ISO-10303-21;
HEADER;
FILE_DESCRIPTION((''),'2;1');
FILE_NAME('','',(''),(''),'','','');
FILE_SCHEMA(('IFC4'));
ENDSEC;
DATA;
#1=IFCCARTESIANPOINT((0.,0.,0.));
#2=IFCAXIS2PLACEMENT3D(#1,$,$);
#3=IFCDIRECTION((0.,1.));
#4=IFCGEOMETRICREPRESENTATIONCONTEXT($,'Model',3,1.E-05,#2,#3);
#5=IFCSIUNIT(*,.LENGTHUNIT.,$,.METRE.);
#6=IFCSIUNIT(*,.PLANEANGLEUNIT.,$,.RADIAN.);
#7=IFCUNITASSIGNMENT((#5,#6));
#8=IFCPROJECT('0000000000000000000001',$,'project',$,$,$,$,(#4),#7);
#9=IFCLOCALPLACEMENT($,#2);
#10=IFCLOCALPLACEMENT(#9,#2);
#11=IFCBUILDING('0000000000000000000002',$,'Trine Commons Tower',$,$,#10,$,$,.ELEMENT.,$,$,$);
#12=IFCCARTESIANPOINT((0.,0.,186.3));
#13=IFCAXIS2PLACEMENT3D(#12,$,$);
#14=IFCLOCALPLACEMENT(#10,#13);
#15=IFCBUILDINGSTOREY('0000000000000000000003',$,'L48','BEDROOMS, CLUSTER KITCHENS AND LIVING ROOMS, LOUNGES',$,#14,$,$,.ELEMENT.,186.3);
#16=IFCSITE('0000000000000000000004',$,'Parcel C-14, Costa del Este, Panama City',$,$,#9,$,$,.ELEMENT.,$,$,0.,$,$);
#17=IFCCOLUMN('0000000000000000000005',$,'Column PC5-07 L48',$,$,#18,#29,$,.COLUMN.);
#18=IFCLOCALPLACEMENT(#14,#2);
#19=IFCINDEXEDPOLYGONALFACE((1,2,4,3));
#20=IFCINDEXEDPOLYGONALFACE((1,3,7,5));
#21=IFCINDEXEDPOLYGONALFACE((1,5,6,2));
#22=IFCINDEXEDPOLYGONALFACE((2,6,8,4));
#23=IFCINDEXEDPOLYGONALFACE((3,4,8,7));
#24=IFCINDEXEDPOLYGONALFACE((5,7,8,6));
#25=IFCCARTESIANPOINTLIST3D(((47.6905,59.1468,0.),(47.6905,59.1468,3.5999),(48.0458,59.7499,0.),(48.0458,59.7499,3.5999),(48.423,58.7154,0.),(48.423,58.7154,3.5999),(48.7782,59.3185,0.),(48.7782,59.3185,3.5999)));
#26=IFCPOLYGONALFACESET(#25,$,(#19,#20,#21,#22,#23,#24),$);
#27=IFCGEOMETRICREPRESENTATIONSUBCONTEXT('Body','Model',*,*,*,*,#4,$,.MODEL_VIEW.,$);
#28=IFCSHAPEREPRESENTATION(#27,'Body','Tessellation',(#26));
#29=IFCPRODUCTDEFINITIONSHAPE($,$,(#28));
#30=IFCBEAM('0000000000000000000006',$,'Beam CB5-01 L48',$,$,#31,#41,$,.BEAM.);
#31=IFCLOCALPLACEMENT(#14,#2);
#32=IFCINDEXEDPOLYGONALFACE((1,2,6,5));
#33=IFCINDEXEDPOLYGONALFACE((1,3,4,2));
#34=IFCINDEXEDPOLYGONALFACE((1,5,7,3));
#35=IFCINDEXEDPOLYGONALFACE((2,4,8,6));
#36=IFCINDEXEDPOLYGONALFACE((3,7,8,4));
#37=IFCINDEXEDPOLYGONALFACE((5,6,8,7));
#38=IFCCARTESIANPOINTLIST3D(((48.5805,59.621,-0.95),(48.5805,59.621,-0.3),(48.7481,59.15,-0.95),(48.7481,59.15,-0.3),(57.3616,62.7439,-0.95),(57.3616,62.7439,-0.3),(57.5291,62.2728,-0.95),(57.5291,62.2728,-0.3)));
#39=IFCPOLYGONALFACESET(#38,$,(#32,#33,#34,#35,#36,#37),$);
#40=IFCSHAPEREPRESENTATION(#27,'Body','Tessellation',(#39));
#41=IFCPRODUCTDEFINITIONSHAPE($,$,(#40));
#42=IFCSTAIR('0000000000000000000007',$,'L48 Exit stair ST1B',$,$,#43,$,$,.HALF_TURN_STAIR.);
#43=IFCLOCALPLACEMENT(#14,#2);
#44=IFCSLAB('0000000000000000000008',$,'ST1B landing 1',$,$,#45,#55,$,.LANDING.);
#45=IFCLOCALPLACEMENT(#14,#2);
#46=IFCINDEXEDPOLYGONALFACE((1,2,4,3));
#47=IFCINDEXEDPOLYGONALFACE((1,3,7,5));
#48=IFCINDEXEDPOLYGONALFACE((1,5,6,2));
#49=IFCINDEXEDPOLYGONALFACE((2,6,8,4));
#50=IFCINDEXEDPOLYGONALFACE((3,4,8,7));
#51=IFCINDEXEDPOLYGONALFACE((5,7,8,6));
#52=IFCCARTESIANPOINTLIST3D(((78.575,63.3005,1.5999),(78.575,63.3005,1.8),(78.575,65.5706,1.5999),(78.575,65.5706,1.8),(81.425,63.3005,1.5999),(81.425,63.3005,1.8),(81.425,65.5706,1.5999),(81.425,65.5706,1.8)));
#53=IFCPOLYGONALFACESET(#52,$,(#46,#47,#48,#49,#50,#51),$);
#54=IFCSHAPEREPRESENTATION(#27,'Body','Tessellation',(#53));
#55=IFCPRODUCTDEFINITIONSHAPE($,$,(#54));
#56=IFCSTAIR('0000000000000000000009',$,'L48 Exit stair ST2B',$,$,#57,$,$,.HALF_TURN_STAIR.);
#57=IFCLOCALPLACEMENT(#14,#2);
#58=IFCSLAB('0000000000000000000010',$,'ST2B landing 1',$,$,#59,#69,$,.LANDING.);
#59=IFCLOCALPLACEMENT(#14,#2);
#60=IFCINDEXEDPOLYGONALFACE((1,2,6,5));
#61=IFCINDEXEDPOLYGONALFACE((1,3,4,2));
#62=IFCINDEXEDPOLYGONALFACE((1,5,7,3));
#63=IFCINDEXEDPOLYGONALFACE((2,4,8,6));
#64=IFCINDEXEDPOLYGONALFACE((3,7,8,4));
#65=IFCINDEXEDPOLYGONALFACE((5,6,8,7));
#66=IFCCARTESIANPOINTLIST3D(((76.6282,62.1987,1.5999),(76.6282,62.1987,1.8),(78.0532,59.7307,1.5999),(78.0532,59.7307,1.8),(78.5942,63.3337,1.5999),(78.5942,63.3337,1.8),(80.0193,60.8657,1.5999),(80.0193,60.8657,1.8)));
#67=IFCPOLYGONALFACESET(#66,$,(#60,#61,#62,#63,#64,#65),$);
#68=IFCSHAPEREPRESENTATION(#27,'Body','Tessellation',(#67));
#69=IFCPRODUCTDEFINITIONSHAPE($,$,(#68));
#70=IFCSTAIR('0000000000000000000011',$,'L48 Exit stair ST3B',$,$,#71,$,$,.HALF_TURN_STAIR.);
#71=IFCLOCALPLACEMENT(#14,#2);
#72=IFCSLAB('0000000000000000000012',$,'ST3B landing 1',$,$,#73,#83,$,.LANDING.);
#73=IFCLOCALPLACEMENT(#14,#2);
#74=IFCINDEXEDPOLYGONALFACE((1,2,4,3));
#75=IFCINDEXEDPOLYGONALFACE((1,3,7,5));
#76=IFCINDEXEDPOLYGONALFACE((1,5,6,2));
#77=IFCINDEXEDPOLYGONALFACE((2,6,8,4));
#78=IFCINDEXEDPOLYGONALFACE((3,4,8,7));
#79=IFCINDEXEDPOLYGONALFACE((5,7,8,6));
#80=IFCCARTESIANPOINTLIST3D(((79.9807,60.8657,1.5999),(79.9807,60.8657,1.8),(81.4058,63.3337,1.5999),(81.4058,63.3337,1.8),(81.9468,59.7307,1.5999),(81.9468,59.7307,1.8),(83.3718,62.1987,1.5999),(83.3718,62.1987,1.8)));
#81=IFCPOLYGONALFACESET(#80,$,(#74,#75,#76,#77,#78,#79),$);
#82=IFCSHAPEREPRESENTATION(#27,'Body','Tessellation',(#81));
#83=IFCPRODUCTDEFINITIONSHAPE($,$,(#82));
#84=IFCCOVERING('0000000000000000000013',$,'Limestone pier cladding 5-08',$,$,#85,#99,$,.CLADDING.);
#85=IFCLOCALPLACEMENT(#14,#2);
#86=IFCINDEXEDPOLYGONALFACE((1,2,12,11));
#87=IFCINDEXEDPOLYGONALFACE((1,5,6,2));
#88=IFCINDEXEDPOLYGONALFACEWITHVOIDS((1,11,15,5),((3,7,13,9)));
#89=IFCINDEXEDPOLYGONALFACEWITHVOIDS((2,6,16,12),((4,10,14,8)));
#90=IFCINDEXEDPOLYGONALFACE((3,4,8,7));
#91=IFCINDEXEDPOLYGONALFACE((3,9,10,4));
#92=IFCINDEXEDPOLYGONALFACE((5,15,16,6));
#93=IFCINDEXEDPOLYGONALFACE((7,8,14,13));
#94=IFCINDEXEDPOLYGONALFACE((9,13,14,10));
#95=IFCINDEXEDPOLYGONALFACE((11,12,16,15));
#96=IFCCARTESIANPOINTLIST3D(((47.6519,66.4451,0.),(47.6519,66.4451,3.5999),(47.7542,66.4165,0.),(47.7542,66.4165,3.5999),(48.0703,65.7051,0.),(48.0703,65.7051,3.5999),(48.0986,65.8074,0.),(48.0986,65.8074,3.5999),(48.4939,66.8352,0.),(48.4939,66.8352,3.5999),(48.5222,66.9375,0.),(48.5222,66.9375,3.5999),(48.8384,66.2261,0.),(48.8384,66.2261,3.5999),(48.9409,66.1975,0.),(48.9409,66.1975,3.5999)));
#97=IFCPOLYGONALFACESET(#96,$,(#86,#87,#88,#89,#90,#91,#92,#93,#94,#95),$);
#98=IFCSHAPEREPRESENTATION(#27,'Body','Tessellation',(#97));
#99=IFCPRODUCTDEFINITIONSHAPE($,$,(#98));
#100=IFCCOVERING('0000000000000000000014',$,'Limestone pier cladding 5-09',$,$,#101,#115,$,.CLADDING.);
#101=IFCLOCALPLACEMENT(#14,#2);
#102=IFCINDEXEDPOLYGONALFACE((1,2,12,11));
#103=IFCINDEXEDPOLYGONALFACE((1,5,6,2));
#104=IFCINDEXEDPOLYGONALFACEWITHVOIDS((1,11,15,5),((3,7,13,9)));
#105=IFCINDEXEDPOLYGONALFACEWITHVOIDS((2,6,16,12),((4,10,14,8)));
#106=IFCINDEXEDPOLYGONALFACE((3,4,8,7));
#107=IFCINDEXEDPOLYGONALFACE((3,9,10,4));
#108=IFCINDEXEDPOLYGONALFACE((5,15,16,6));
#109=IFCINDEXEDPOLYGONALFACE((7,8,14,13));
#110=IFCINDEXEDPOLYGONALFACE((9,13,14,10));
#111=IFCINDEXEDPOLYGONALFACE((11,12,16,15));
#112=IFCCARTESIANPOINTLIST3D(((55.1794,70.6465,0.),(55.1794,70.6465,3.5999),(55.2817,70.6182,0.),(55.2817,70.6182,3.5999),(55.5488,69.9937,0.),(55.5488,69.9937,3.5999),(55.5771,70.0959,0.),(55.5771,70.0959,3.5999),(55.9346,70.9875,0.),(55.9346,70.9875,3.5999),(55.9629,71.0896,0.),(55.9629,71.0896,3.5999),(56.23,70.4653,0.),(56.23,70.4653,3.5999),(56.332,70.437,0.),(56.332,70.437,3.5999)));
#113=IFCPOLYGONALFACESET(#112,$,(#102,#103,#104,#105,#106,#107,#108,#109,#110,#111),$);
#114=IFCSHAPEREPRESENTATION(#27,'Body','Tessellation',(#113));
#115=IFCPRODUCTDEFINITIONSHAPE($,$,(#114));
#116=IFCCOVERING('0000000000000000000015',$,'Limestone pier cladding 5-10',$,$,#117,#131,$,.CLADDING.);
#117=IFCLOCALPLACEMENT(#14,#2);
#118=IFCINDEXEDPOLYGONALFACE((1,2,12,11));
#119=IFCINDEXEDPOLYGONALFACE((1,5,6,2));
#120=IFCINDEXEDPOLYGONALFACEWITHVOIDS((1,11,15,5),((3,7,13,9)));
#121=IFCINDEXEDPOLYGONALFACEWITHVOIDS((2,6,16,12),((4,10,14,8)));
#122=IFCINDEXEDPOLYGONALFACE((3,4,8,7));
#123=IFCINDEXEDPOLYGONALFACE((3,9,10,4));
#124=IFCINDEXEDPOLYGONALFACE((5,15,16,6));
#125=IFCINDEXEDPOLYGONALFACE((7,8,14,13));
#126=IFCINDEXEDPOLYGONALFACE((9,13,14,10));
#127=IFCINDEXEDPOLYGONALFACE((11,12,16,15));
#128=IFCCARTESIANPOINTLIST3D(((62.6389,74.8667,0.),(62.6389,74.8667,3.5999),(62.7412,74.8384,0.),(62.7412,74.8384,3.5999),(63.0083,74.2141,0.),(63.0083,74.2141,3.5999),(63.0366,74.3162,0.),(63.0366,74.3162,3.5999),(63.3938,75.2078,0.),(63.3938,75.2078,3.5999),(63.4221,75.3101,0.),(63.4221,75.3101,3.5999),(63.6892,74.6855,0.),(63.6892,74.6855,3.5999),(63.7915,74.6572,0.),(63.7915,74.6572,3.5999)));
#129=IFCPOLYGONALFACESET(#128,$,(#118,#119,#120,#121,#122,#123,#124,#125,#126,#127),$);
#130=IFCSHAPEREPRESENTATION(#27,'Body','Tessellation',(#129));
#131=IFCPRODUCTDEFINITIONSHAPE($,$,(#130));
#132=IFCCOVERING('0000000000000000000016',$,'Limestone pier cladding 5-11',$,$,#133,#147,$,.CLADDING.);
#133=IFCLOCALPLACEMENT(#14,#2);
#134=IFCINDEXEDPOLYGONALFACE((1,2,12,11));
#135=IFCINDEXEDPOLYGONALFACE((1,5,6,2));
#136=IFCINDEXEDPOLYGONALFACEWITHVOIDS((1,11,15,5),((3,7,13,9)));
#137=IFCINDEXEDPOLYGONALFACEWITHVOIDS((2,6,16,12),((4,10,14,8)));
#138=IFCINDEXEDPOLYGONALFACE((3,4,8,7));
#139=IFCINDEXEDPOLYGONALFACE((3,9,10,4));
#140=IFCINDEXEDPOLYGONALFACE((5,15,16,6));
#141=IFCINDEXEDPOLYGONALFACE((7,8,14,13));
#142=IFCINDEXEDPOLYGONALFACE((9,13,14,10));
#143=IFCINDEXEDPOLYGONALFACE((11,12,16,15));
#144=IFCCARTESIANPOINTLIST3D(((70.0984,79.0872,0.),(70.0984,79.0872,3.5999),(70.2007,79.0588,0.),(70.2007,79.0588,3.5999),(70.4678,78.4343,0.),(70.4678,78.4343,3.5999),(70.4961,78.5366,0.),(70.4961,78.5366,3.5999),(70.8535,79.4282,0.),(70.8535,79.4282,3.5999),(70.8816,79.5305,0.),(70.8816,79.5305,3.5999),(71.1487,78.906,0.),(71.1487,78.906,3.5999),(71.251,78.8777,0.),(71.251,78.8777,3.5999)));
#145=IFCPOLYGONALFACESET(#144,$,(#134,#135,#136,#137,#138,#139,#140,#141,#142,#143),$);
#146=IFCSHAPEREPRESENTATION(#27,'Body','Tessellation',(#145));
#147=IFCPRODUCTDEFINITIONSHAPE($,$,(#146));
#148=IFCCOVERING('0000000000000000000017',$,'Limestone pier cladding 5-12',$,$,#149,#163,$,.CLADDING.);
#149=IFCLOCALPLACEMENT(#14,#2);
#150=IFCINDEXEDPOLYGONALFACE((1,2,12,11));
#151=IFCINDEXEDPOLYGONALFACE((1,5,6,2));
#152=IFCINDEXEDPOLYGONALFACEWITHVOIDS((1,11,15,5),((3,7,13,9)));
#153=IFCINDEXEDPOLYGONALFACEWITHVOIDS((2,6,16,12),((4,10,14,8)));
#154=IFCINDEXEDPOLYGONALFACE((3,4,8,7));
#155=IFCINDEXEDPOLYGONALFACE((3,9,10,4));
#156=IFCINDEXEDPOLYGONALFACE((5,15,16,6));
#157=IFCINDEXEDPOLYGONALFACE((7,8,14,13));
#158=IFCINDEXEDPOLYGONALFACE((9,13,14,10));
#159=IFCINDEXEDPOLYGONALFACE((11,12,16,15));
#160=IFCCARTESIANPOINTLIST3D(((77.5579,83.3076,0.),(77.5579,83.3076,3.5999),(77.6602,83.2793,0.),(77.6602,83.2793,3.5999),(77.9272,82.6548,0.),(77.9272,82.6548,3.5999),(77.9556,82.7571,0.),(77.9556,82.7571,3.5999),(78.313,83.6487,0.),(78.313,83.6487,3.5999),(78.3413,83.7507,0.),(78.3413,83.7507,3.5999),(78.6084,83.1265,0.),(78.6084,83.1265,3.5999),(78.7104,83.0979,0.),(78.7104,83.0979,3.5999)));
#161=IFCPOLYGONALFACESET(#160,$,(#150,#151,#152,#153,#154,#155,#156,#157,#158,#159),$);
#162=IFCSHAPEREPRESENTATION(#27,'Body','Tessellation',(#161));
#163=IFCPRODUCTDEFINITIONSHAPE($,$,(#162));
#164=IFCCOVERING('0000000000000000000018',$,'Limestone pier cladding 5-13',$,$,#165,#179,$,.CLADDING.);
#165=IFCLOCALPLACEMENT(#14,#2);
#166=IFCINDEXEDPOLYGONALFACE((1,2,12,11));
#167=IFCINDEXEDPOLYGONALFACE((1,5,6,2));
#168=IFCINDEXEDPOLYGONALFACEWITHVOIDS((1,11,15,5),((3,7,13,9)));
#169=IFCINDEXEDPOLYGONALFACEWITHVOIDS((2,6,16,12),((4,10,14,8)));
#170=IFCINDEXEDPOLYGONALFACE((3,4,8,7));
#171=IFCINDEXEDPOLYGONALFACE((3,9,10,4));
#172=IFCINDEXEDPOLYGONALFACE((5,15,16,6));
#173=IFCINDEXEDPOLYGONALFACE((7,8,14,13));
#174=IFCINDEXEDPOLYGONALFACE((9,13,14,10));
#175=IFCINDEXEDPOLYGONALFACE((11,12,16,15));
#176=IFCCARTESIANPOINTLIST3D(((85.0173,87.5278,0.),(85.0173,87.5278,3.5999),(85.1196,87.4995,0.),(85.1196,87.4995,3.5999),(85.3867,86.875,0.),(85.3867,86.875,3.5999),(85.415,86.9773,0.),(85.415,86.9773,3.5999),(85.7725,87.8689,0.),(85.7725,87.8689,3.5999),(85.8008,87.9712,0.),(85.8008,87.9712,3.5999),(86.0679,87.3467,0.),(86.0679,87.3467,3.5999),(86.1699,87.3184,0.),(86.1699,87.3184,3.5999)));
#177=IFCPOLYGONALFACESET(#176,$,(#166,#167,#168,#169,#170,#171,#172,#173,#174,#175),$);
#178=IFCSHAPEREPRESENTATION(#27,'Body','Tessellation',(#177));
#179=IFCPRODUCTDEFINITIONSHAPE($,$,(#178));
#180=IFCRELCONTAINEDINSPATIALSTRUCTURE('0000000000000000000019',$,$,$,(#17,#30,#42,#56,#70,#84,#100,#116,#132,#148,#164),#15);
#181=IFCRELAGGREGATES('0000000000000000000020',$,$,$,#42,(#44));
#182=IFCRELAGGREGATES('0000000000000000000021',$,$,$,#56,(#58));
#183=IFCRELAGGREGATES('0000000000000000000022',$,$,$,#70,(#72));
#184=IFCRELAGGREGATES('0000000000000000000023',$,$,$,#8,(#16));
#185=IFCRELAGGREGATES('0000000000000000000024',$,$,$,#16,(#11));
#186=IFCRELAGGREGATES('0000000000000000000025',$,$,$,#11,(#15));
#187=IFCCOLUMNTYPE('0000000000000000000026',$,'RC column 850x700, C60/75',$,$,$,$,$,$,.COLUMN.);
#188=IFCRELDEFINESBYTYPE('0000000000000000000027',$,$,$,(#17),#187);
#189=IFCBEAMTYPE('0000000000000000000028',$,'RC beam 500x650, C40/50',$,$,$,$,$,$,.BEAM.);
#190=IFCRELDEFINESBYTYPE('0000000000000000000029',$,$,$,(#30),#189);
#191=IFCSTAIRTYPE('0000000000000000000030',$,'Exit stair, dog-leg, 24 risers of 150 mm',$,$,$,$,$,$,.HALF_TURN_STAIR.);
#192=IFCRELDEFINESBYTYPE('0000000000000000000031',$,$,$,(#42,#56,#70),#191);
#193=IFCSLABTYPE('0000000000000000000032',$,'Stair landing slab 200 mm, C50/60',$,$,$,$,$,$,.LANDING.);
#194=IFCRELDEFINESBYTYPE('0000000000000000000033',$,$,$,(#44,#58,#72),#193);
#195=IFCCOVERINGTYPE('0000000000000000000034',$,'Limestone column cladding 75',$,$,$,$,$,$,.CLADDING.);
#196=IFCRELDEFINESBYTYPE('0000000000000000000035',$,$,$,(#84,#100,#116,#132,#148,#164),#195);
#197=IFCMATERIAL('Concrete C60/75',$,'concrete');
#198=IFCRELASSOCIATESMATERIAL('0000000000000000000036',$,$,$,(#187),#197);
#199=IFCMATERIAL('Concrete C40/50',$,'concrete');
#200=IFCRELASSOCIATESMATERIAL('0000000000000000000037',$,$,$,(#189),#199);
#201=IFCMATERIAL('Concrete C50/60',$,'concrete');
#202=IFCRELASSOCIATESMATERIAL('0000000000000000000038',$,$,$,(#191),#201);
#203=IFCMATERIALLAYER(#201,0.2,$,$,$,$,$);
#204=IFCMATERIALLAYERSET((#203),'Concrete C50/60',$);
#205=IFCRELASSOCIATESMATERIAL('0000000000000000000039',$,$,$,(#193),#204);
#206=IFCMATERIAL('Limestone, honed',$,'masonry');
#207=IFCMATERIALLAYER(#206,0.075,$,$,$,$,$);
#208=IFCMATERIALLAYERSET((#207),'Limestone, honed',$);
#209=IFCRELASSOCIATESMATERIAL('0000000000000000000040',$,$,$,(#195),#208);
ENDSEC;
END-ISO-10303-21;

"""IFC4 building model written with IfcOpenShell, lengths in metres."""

from ifc_helpers import new_model, si_unit, direction, frame, origin, origin_2d, place, context, subcontext, project, spatial, polyline, rectangle, outline, extrude, material, layer, layer_set, material_profile, profile_set, type_object, element, aggregate, save


model = new_model("IFC4")

# Units and contexts
model_context = context("Model", 3, precision=1e-05, world=origin(), true_north=direction((0.0, 1.0)))
body_context = subcontext(model_context, "Body", "Model", "MODEL_VIEW")
ifc_project = project(units=[si_unit("LENGTHUNIT", "METRE"), si_unit("PLANEANGLEUNIT", "RADIAN")], contexts=[model_context])

# Site, building, storey
site_placement = place(None, origin())
site = spatial("IfcSite", under=ifc_project, at=site_placement, Name="Parcel C-14, Costa del Este, Panama City", CompositionType="ELEMENT", RefElevation=0.0)
building_placement = place(site_placement, origin())
building = spatial("IfcBuilding", under=site, at=building_placement, Name="Trine Commons Tower", CompositionType="ELEMENT")
storey_placement = place(building_placement, frame((0.0, 0.0, 186.3)))
storey = spatial("IfcBuildingStorey", under=building, at=storey_placement, Name="L48", Description="BEDROOMS, CLUSTER KITCHENS AND LIVING ROOMS, LOUNGES", CompositionType="ELEMENT", Elevation=186.3)

# Column
ifc_material_1 = material(Name="Concrete C60/75", Category="concrete")
ifc_material_profile_1 = material_profile(ifc_material_1, rectangle(XDim=0.8501, YDim=0.7, at=origin_2d()), Name="RC 850x700")
ifc_profile_set_1 = profile_set([ifc_material_profile_1], Name="Concrete C60/75")
column_type = type_object("IfcColumnType", Name="RC column 850x700, C60/75", PredefinedType="COLUMN", material=ifc_profile_set_1)
column_placement = place(storey_placement, frame((48.2344, 59.2327, 0.0), z_axis=(0.0, 0.0, 1.0), x_axis=(-0.861629, 0.507538, 0.0)))
element("IfcColumn", 1, at=column_placement, inside=storey, type_object=column_type, Name="Column PC5-07 L48", PredefinedType="COLUMN", context=body_context, shape_type="SweptSolid", body=[
    extrude(rectangle(XDim=0.8501, YDim=0.7, at=origin_2d()), origin(), (0.0, 0.0, 1.0), 3.5999),
])

# Beam
ifc_material_2 = material(Name="Concrete C40/50", Category="concrete")
ifc_material_profile_2 = material_profile(ifc_material_2, rectangle(XDim=0.5, YDim=0.6499, at=origin_2d()), Name="RC 500x650")
ifc_profile_set_2 = profile_set([ifc_material_profile_2], Name="Concrete C40/50")
beam_type = type_object("IfcBeamType", Name="RC beam 500x650, C40/50", PredefinedType="BEAM", material=ifc_profile_set_2)
beam_placement = place(storey_placement, frame((48.6643, 59.3855, -0.625), z_axis=(0.942192, 0.335073, 0.0), x_axis=(-0.335073, 0.942192, 0.0)))
element("IfcBeam", 2, at=beam_placement, inside=storey, type_object=beam_type, Name="Beam CB5-01 L48", PredefinedType="BEAM", context=body_context, shape_type="SweptSolid", body=[
    extrude(rectangle(XDim=0.5, YDim=0.6499, at=origin_2d()), origin(), (0.0, 0.0, 1.0), 9.3198),
])

# Stairs, slabs
ifc_material_3 = material(Name="Concrete C50/60", Category="concrete")
stair_type = type_object("IfcStairType", Name="Exit stair, dog-leg, 24 risers of 150 mm", PredefinedType="HALF_TURN_STAIR", material=ifc_material_3)
stair_1_placement = place(storey_placement, origin())
stair_1 = element("IfcStair", 3, at=stair_1_placement, inside=storey, type_object=stair_type, Name="L48 Exit stair ST1B", PredefinedType="HALF_TURN_STAIR")
ifc_layer_1 = layer(ifc_material_3, 0.2)
ifc_layer_set_1 = layer_set([ifc_layer_1], Name="Concrete C50/60")
slab_type = type_object("IfcSlabType", Name="Stair landing slab 200 mm, C50/60", PredefinedType="LANDING", material=ifc_layer_set_1)
slab_1_placement = place(storey_placement, frame((0.0, 0.0, 1.5999)))
slab_1 = element("IfcSlab", 4, at=slab_1_placement, type_object=slab_type, Name="ST1B landing 1", PredefinedType="LANDING", context=body_context, shape_type="SweptSolid", body=[
    extrude(outline(polyline([(78.575, 65.5706), (78.575, 63.3005), (81.425, 63.3005), (81.425, 65.5706), (78.575, 65.5706)])), origin(), (0.0, 0.0, 1.0), 0.2002),
])
aggregate(stair_1, [slab_1])
stair_2_placement = place(storey_placement, origin())
stair_2 = element("IfcStair", 5, at=stair_2_placement, inside=storey, type_object=stair_type, Name="L48 Exit stair ST2B", PredefinedType="HALF_TURN_STAIR")
slab_2_placement = place(storey_placement, frame((0.0, 0.0, 1.5999)))
slab_2 = element("IfcSlab", 6, at=slab_2_placement, type_object=slab_type, Name="ST2B landing 1", PredefinedType="LANDING", context=body_context, shape_type="SweptSolid", body=[
    extrude(outline(polyline([(78.0532, 59.7307), (80.0193, 60.8657), (78.5942, 63.3337), (76.6282, 62.1987), (78.0532, 59.7307)])), origin(), (0.0, 0.0, 1.0), 0.2002),
])
aggregate(stair_2, [slab_2])
stair_3_placement = place(storey_placement, origin())
stair_3 = element("IfcStair", 7, at=stair_3_placement, inside=storey, type_object=stair_type, Name="L48 Exit stair ST3B", PredefinedType="HALF_TURN_STAIR")
slab_3_placement = place(storey_placement, frame((0.0, 0.0, 1.5999)))
slab_3 = element("IfcSlab", 8, at=slab_3_placement, type_object=slab_type, Name="ST3B landing 1", PredefinedType="LANDING", context=body_context, shape_type="SweptSolid", body=[
    extrude(outline(polyline([(83.3718, 62.1987), (81.4058, 63.3337), (79.9807, 60.8657), (81.9468, 59.7307), (83.3718, 62.1987)])), origin(), (0.0, 0.0, 1.0), 0.2002),
])
aggregate(stair_3, [slab_3])

# Coverings
ifc_material_4 = material(Name="Limestone, honed", Category="masonry")
ifc_layer_2 = layer(ifc_material_4, 0.075)
ifc_layer_set_2 = layer_set([ifc_layer_2], Name="Limestone, honed")
covering_type_1 = type_object("IfcCoveringType", Name="Limestone column cladding 75", PredefinedType="CLADDING", material=ifc_layer_set_2)
covering_1_placement = place(storey_placement, origin())
element("IfcCovering", 9, at=covering_1_placement, inside=storey, type_object=covering_type_1, Name="Limestone pier cladding 5-08", PredefinedType="CLADDING", context=body_context, shape_type="SweptSolid", body=[
    extrude(outline(polyline([(48.9409, 66.1975), (48.5222, 66.9375), (47.6519, 66.4451), (48.0703, 65.7051), (48.9409, 66.1975)]), holes=[polyline([(48.8384, 66.2261), (48.4939, 66.8352), (47.7542, 66.4165), (48.0986, 65.8074), (48.8384, 66.2261)])]), origin(), (0.0, 0.0, 1.0), 3.5999),
])
covering_2_placement = place(storey_placement, origin())
element("IfcCovering", 10, at=covering_2_placement, inside=storey, type_object=covering_type_1, Name="Limestone pier cladding 5-09", PredefinedType="CLADDING", context=body_context, shape_type="SweptSolid", body=[
    extrude(outline(polyline([(56.332, 70.437), (55.9629, 71.0896), (55.1794, 70.6465), (55.5488, 69.9937), (56.332, 70.437)]), holes=[polyline([(56.23, 70.4653), (55.9346, 70.9875), (55.2817, 70.6182), (55.5771, 70.0959), (56.23, 70.4653)])]), origin(), (0.0, 0.0, 1.0), 3.5999),
])
covering_3_placement = place(storey_placement, origin())
element("IfcCovering", 11, at=covering_3_placement, inside=storey, type_object=covering_type_1, Name="Limestone pier cladding 5-10", PredefinedType="CLADDING", context=body_context, shape_type="SweptSolid", body=[
    extrude(outline(polyline([(63.7915, 74.6572), (63.4221, 75.3101), (62.6389, 74.8667), (63.0083, 74.2141), (63.7915, 74.6572)]), holes=[polyline([(63.6892, 74.6855), (63.3938, 75.2078), (62.7412, 74.8384), (63.0366, 74.3162), (63.6892, 74.6855)])]), origin(), (0.0, 0.0, 1.0), 3.5999),
])
covering_4_placement = place(storey_placement, origin())
element("IfcCovering", 12, at=covering_4_placement, inside=storey, type_object=covering_type_1, Name="Limestone pier cladding 5-11", PredefinedType="CLADDING", context=body_context, shape_type="SweptSolid", body=[
    extrude(outline(polyline([(71.251, 78.8777), (70.8816, 79.5305), (70.0984, 79.0872), (70.4678, 78.4343), (71.251, 78.8777)]), holes=[polyline([(71.1487, 78.906), (70.8535, 79.4282), (70.2007, 79.0588), (70.4961, 78.5366), (71.1487, 78.906)])]), origin(), (0.0, 0.0, 1.0), 3.5999),
])
covering_5_placement = place(storey_placement, origin())
element("IfcCovering", 13, at=covering_5_placement, inside=storey, type_object=covering_type_1, Name="Limestone pier cladding 5-12", PredefinedType="CLADDING", context=body_context, shape_type="SweptSolid", body=[
    extrude(outline(polyline([(78.7104, 83.0979), (78.3413, 83.7507), (77.5579, 83.3076), (77.9272, 82.6548), (78.7104, 83.0979)]), holes=[polyline([(78.6084, 83.1265), (78.313, 83.6487), (77.6602, 83.2793), (77.9556, 82.7571), (78.6084, 83.1265)])]), origin(), (0.0, 0.0, 1.0), 3.5999),
])
covering_6_placement = place(storey_placement, origin())
element("IfcCovering", 14, at=covering_6_placement, inside=storey, type_object=covering_type_1, Name="Limestone pier cladding 5-13", PredefinedType="CLADDING", context=body_context, shape_type="SweptSolid", body=[
    extrude(outline(polyline([(86.1699, 87.3184), (85.8008, 87.9712), (85.0173, 87.5278), (85.3867, 86.875), (86.1699, 87.3184)]), holes=[polyline([(86.0679, 87.3467), (85.7725, 87.8689), (85.1196, 87.4995), (85.415, 86.9773), (86.0679, 87.3467)])]), origin(), (0.0, 0.0, 1.0), 3.5999),
])

save(model, "model.ifc")
